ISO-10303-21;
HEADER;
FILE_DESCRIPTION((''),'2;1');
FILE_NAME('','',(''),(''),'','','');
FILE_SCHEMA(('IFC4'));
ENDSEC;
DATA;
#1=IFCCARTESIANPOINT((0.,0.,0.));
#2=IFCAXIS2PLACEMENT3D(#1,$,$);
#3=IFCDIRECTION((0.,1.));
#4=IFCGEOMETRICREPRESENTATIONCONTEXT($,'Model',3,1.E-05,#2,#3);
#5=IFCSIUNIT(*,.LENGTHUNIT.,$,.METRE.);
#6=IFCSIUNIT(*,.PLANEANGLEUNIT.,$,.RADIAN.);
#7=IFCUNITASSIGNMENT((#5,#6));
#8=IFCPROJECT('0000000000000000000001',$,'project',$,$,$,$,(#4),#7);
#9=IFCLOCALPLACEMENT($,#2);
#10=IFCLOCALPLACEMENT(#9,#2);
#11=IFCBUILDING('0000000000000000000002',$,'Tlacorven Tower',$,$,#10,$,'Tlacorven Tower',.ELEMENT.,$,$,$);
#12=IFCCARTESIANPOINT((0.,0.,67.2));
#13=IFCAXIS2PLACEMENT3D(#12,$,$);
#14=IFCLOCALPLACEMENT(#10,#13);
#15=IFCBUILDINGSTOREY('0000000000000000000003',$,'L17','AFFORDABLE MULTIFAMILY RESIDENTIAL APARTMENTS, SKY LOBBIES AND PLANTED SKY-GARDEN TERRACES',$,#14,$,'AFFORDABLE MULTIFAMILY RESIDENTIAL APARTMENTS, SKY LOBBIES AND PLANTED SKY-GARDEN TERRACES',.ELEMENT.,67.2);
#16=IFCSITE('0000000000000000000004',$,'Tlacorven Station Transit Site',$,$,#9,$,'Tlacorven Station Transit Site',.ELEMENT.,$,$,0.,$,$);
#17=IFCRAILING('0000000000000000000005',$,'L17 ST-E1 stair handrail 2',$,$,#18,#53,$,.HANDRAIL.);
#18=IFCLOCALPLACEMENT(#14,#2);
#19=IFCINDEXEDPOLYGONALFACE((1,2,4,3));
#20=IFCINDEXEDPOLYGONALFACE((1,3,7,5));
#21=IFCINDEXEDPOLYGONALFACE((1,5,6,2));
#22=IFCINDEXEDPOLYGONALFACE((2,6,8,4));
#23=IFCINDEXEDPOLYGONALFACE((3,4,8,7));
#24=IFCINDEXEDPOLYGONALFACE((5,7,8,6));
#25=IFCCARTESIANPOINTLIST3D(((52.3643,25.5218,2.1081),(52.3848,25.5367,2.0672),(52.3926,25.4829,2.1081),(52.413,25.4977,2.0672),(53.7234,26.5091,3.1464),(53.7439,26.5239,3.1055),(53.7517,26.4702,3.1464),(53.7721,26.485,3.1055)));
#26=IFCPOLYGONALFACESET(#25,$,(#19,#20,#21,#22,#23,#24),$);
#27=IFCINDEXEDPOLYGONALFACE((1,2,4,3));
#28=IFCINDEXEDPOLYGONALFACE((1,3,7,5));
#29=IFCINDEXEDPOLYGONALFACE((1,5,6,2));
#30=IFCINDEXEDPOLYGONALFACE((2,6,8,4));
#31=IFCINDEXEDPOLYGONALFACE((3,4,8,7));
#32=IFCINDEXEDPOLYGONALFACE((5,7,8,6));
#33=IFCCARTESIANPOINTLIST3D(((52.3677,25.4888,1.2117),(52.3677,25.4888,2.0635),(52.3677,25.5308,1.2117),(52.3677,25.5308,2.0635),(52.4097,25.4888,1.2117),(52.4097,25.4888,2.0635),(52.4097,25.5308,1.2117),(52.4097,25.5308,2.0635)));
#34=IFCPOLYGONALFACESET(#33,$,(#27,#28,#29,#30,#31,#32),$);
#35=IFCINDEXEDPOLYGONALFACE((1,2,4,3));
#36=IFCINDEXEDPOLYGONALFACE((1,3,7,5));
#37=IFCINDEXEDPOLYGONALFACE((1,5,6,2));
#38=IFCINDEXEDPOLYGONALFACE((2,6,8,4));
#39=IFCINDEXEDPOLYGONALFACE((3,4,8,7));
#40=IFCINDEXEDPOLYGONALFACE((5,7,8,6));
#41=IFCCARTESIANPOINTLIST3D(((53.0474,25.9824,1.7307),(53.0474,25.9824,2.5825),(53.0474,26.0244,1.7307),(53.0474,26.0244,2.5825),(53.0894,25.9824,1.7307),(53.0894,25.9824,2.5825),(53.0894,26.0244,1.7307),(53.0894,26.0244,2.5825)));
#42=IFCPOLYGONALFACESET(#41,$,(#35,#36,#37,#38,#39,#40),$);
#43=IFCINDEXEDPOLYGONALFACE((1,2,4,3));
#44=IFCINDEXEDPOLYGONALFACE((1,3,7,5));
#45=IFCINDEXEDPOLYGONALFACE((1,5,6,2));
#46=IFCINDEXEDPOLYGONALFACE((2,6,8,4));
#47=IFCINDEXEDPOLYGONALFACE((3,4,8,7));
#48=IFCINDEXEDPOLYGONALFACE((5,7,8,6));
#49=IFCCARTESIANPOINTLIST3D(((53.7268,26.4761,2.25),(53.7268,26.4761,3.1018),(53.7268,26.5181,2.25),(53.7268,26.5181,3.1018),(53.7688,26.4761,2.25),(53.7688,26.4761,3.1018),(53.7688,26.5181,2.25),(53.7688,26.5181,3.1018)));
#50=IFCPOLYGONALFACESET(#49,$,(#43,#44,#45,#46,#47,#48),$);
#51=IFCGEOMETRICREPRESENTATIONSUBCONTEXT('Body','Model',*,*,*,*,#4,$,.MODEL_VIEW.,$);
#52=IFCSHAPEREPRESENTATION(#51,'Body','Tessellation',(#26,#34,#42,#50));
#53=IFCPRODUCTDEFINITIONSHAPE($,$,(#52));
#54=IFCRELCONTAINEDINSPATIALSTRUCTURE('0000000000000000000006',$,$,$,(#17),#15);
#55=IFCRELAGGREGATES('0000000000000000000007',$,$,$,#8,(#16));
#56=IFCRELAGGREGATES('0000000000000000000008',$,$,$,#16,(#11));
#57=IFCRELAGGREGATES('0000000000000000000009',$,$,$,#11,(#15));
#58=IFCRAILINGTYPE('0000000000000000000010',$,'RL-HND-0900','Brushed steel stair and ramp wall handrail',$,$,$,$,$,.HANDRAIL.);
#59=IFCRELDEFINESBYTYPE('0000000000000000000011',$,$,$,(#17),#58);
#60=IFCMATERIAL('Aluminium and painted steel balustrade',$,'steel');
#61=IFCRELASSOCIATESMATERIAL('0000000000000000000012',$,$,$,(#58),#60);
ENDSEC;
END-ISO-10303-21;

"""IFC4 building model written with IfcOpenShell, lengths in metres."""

from ifc_helpers import new_model, si_unit, direction, frame, origin, origin_2d, place, context, subcontext, project, spatial, rectangle, extrude, source, transform, mapped, material, type_object, element, save


model = new_model("IFC4")

# Units and contexts
model_context = context("Model", 3, precision=1e-05, world=origin(), true_north=direction((0.0, 1.0)))
body_context = subcontext(model_context, "Body", "Model", "MODEL_VIEW")
ifc_project = project(units=[si_unit("LENGTHUNIT", "METRE"), si_unit("PLANEANGLEUNIT", "RADIAN")], contexts=[model_context])

# Site, building, storey
site_placement = place(None, origin())
site = spatial("IfcSite", under=ifc_project, at=site_placement, Name="Tlacorven Station Transit Site", LongName="Tlacorven Station Transit Site", CompositionType="ELEMENT", RefElevation=0.0)
building_placement = place(site_placement, origin())
building = spatial("IfcBuilding", under=site, at=building_placement, Name="Tlacorven Tower", LongName="Tlacorven Tower", CompositionType="ELEMENT")
storey_placement = place(building_placement, frame((0.0, 0.0, 67.2)))
storey = spatial("IfcBuildingStorey", under=building, at=storey_placement, Name="L17", Description="AFFORDABLE MULTIFAMILY RESIDENTIAL APARTMENTS, SKY LOBBIES AND PLANTED SKY-GARDEN TERRACES", LongName="AFFORDABLE MULTIFAMILY RESIDENTIAL APARTMENTS, SKY LOBBIES AND PLANTED SKY-GARDEN TERRACES", CompositionType="ELEMENT", Elevation=67.2)

# Railing
ifc_material_1 = material(Name="Aluminium and painted steel balustrade", Category="steel")
railing_type_1 = type_object("IfcRailingType", Name="RL-HND-0900", Description="Brushed steel stair and ramp wall handrail", PredefinedType="HANDRAIL", material=ifc_material_1)
shared_shape_1 = source(origin(), body_context, "Body", "SweptSolid", [
    extrude(rectangle(XDim=0.0481, YDim=0.0481, at=origin_2d()), frame((0.0, 0.0, 0.876), z_axis=(0.688211, 0.499932, 0.52577), x_axis=(-0.587722, 0.809063, 0.0)), (0.0, 0.0, 1.0), 1.9749),
    extrude(rectangle(XDim=0.042, YDim=0.042, at=origin_2d()), origin(), (0.0, 0.0, 1.0), 0.8518),
    extrude(rectangle(XDim=0.042, YDim=0.042, at=origin_2d()), frame((0.6797, 0.4937, 0.519)), (0.0, 0.0, 1.0), 0.8518),
    extrude(rectangle(XDim=0.042, YDim=0.042, at=origin_2d()), frame((1.3591, 0.9873, 1.0383)), (0.0, 0.0, 1.0), 0.8518),
])
railing_1_placement = place(storey_placement, frame((52.3887, 25.5098, 1.2117)))
element("IfcRailing", 1, at=railing_1_placement, inside=storey, type_object=railing_type_1, Name="L17 ST-E1 stair handrail 2", PredefinedType="HANDRAIL", context=body_context, shape_type="MappedRepresentation", body=[
    mapped(shared_shape_1, transform((0.0, 0.0, 0.0), scale=1.0)),
])

save(model, "model.ifc")
